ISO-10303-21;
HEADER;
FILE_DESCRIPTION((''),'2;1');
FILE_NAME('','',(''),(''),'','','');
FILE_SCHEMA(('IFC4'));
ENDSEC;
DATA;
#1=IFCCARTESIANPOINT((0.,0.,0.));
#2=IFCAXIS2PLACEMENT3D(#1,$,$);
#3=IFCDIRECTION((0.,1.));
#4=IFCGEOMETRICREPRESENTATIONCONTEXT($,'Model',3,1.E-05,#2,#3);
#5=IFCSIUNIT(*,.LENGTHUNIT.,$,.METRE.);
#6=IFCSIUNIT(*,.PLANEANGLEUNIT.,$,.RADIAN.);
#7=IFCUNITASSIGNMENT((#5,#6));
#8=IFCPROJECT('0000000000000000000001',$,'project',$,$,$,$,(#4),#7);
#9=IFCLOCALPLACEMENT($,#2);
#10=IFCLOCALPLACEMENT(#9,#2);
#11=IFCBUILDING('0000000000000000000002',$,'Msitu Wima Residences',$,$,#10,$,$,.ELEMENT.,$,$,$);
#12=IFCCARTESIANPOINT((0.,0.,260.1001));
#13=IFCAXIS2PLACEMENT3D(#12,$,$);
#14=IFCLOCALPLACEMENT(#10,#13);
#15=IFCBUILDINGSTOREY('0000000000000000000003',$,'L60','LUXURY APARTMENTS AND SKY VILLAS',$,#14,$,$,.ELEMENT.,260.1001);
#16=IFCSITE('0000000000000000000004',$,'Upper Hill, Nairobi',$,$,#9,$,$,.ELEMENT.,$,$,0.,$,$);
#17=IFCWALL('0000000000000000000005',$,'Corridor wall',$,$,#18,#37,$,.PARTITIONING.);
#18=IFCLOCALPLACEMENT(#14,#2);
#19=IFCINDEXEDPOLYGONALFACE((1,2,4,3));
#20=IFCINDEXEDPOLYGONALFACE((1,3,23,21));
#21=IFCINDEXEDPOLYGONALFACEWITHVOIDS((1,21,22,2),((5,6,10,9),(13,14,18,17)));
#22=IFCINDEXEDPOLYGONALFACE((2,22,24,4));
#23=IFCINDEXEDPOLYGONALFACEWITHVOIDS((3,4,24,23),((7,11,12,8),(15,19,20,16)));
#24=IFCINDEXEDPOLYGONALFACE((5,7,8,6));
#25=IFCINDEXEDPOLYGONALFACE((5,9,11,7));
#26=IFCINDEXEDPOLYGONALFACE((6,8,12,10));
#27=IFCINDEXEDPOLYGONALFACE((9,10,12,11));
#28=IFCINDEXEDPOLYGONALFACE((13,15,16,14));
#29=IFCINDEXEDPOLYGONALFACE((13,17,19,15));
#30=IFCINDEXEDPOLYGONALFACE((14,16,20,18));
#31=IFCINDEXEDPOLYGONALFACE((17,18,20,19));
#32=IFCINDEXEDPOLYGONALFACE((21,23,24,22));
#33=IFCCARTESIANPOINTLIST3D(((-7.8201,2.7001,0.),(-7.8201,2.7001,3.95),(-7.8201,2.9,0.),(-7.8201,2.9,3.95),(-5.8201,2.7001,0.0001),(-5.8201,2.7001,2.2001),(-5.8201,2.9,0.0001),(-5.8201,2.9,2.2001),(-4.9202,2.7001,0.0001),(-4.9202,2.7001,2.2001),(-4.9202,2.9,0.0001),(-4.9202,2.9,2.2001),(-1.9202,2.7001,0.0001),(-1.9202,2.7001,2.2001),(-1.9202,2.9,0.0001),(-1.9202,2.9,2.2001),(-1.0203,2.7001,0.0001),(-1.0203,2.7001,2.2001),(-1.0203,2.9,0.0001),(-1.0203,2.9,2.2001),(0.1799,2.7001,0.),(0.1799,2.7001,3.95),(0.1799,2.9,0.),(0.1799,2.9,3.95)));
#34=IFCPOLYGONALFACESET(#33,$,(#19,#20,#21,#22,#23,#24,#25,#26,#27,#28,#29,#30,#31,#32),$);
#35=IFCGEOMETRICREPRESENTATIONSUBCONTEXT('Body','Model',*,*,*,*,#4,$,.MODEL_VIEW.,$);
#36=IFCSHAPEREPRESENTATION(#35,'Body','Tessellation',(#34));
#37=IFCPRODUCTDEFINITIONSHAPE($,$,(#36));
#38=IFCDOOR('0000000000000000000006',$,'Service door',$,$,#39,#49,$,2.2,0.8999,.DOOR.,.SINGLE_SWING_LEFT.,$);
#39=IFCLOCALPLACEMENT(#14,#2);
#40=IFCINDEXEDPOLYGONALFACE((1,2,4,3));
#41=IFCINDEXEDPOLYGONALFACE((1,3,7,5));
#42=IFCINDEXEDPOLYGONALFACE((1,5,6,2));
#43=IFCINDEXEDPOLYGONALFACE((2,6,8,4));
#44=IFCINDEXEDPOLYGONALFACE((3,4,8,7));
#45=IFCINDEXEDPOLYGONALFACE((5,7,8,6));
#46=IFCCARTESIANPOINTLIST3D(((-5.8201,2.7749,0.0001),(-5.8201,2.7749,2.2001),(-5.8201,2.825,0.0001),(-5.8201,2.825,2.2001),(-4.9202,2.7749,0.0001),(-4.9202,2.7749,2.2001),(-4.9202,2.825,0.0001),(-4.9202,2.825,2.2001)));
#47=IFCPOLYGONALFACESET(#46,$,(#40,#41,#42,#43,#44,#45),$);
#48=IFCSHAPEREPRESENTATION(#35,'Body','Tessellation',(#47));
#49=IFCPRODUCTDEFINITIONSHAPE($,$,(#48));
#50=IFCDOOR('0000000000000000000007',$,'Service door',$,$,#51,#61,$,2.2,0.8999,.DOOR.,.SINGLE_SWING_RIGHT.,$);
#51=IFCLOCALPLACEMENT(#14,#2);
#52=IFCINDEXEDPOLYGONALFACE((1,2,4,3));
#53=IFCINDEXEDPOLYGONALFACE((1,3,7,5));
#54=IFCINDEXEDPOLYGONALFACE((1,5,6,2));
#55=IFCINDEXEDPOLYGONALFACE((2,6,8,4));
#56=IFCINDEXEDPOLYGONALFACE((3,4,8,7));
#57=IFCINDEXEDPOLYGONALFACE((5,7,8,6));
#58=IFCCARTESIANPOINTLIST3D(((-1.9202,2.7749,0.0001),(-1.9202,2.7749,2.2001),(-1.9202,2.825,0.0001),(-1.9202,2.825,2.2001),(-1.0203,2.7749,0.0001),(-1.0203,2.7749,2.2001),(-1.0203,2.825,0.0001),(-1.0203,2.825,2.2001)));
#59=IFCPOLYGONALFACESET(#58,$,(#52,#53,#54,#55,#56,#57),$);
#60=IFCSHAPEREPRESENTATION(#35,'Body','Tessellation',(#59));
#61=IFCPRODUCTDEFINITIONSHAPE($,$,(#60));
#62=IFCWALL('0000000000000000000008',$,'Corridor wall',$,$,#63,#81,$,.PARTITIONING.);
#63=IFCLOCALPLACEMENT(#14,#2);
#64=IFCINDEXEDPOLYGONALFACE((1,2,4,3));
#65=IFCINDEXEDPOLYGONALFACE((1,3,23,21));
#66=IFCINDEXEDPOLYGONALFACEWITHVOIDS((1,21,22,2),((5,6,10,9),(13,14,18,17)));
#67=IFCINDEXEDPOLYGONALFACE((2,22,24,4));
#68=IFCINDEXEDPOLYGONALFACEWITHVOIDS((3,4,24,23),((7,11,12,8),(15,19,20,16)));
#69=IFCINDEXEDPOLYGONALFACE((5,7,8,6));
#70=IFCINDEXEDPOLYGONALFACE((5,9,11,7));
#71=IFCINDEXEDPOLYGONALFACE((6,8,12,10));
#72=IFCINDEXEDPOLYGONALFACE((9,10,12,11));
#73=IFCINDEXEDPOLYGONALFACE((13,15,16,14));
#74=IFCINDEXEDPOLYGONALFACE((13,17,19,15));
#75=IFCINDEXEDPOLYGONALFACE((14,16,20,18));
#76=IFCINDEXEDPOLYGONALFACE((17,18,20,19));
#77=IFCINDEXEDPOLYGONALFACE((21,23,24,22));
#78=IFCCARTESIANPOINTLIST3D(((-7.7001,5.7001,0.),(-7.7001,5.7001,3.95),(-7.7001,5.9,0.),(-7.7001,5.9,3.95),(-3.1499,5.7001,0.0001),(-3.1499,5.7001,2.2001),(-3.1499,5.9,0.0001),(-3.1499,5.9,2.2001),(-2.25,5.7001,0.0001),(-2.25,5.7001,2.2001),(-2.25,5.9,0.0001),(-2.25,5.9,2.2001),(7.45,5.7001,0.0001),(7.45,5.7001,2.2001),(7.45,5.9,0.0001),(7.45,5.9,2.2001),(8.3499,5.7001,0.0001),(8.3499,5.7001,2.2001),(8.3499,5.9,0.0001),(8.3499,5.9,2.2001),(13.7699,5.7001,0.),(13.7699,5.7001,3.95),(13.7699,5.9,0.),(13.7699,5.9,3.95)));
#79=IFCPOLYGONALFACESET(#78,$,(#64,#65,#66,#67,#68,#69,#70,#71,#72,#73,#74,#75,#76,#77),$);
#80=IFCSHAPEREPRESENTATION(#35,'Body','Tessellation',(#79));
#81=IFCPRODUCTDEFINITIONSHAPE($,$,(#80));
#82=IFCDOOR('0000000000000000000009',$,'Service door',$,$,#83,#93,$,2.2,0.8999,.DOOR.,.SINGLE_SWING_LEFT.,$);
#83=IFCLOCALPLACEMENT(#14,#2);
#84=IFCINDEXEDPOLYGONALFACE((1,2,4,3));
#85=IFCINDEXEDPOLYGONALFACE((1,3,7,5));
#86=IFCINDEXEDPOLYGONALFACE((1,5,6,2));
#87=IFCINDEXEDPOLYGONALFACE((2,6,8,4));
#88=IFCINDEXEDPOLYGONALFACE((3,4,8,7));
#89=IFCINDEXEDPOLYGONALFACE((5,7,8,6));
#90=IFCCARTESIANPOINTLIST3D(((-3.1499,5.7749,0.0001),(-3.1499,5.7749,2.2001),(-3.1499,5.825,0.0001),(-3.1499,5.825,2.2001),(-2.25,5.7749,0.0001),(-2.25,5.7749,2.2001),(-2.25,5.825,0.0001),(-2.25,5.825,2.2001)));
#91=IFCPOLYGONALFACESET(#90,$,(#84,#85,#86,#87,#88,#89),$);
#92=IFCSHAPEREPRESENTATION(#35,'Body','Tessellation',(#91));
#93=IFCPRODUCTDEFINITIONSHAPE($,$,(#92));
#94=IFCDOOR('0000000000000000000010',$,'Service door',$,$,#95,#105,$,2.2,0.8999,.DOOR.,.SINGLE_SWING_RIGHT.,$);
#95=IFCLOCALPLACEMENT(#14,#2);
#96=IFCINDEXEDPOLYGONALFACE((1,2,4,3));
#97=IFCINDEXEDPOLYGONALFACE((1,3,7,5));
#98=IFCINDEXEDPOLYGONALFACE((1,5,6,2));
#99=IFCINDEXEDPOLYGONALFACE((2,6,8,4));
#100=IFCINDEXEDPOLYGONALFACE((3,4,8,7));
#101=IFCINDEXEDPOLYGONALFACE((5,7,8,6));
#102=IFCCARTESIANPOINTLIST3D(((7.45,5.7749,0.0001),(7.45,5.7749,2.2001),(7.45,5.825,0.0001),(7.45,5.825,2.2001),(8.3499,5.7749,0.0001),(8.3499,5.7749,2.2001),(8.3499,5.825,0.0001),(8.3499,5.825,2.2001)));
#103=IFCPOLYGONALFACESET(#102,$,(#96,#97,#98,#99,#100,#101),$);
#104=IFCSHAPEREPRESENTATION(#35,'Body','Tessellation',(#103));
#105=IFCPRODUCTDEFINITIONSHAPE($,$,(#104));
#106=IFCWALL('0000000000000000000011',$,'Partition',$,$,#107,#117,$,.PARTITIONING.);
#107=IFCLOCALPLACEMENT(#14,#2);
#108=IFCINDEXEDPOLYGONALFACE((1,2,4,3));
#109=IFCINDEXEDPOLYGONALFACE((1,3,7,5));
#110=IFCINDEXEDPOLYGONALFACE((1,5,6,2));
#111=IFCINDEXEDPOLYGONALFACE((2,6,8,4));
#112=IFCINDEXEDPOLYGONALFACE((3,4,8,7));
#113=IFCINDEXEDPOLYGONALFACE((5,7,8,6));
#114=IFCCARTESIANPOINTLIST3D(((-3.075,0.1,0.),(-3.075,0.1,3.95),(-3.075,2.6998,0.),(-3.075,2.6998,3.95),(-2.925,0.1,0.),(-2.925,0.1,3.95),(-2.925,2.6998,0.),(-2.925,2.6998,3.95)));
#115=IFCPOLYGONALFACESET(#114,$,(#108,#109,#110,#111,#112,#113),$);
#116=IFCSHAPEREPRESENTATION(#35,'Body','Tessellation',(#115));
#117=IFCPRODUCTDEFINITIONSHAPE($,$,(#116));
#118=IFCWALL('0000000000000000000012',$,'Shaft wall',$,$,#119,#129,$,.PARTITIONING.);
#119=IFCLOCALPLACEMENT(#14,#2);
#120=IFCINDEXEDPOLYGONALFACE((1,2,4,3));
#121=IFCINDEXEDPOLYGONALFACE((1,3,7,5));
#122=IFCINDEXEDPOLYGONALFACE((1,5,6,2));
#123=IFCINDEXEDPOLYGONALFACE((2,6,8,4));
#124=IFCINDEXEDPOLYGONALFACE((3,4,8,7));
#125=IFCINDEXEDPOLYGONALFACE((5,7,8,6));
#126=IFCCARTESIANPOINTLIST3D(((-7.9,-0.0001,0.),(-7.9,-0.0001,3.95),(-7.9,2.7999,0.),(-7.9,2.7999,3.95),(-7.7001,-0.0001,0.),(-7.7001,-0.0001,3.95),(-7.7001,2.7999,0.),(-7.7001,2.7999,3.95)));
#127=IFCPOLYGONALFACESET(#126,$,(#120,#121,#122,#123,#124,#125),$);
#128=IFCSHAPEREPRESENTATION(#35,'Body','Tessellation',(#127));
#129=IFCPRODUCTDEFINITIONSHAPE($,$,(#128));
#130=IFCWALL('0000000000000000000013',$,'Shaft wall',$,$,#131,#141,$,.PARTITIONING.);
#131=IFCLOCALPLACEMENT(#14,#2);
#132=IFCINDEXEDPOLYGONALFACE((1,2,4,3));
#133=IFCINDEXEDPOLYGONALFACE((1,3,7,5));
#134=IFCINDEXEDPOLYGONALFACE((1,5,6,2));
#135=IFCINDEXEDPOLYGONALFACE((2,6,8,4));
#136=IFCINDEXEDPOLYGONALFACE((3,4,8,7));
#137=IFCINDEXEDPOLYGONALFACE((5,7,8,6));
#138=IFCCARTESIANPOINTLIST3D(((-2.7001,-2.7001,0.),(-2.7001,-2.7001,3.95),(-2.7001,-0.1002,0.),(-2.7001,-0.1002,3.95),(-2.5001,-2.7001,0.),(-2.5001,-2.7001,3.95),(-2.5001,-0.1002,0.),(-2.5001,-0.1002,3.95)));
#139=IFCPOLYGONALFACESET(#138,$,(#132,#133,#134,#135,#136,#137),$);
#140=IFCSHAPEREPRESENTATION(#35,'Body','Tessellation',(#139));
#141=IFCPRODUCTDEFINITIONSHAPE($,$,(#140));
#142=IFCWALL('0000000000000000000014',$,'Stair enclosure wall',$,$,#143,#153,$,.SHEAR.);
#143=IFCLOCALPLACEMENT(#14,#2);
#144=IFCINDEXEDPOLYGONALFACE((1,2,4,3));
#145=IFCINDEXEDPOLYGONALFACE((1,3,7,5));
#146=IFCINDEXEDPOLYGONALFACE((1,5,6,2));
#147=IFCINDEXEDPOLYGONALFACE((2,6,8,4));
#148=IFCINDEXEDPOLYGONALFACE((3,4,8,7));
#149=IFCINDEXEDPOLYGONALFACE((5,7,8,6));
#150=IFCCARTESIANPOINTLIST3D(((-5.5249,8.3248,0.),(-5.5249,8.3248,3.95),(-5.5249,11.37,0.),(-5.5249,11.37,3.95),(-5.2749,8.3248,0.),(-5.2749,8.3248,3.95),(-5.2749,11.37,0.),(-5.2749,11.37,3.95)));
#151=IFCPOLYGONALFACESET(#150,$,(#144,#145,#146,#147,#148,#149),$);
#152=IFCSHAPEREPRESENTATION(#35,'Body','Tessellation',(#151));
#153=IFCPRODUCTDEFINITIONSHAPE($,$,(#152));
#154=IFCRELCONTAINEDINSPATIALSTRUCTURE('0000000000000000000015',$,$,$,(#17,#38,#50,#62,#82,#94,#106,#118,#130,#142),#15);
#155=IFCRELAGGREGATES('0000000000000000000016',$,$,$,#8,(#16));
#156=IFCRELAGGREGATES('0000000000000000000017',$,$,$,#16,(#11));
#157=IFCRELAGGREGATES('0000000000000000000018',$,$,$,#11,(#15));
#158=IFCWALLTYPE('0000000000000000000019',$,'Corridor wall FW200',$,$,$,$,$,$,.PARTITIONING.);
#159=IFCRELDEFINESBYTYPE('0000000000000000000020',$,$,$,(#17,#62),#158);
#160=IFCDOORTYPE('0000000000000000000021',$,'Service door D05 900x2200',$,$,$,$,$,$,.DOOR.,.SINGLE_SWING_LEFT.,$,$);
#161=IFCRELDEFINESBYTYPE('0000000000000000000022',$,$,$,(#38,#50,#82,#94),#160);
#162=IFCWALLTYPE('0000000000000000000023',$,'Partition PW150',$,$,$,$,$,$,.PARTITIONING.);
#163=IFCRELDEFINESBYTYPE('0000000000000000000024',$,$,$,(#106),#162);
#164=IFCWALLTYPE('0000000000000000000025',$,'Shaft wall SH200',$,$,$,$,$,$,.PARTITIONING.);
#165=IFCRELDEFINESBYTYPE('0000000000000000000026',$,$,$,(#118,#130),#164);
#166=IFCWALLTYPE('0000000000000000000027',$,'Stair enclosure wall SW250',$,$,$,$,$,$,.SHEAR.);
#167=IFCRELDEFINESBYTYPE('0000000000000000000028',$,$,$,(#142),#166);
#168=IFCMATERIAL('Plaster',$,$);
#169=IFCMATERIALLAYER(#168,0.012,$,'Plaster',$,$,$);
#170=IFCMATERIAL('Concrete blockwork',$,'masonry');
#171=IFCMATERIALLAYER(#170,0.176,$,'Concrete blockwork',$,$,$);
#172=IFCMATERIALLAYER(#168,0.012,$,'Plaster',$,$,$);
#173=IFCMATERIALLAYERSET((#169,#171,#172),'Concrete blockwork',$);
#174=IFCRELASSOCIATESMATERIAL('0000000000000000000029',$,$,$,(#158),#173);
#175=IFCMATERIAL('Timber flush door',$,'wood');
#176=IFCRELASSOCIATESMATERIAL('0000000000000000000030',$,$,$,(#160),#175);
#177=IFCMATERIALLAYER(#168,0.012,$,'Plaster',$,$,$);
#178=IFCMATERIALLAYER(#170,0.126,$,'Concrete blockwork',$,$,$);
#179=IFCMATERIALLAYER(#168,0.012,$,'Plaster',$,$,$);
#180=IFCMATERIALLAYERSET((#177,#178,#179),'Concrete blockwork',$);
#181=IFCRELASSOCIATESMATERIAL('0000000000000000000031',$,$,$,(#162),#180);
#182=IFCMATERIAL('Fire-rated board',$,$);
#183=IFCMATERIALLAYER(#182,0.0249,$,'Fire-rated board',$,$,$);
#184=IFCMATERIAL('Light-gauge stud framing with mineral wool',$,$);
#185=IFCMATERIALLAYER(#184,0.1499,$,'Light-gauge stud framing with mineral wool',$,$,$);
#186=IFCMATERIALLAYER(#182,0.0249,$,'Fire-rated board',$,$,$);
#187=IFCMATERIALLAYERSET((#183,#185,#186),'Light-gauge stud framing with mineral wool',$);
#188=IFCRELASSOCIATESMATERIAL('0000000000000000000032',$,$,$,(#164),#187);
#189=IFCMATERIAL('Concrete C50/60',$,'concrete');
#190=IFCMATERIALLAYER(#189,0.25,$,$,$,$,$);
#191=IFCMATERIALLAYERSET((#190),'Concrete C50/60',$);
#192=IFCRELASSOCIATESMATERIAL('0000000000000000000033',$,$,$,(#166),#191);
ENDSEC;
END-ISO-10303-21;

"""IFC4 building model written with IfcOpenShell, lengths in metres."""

from ifc_helpers import new_model, si_unit, direction, frame, frame_2d, origin, place, context, subcontext, project, spatial, rectangle, extrude, material, layer, layer_set, type_object, element, fill, save


model = new_model("IFC4")

# Units and contexts
model_context = context("Model", 3, precision=1e-05, world=origin(), true_north=direction((0.0, 1.0)))
body_context = subcontext(model_context, "Body", "Model", "MODEL_VIEW")
ifc_project = project(units=[si_unit("LENGTHUNIT", "METRE"), si_unit("PLANEANGLEUNIT", "RADIAN")], contexts=[model_context])

# Site, building, storey
site_placement = place(None, origin())
site = spatial("IfcSite", under=ifc_project, at=site_placement, Name="Upper Hill, Nairobi", CompositionType="ELEMENT", RefElevation=0.0)
building_placement = place(site_placement, origin())
building = spatial("IfcBuilding", under=site, at=building_placement, Name="Msitu Wima Residences", CompositionType="ELEMENT")
storey_placement = place(building_placement, frame((0.0, 0.0, 260.1001)))
storey = spatial("IfcBuildingStorey", under=building, at=storey_placement, Name="L60", Description="LUXURY APARTMENTS AND SKY VILLAS", CompositionType="ELEMENT", Elevation=260.1001)

# Wall, openings, doors
ifc_material_1 = material(Name="Plaster")
ifc_layer_1 = layer(ifc_material_1, 0.012, Name="Plaster")
ifc_material_2 = material(Name="Concrete blockwork", Category="masonry")
ifc_layer_2 = layer(ifc_material_2, 0.176, Name="Concrete blockwork")
ifc_layer_3 = layer(ifc_material_1, 0.012, Name="Plaster")
ifc_layer_set_1 = layer_set([ifc_layer_1, ifc_layer_2, ifc_layer_3], Name="Concrete blockwork")
wall_type_1 = type_object("IfcWallType", Name="Corridor wall FW200", PredefinedType="PARTITIONING", material=ifc_layer_set_1)
wall_1_placement = place(storey_placement, frame((-7.8201, 2.8, 0.0), z_axis=(0.0, 0.0, 1.0), x_axis=(1.0, 0.0, 0.0)))
wall_1 = element("IfcWall", 1, at=wall_1_placement, inside=storey, type_object=wall_type_1, Name="Corridor wall", PredefinedType="PARTITIONING", context=body_context, shape_type="SweptSolid", body=[
    extrude(rectangle(XDim=8.0, YDim=0.2, at=frame_2d((4.0, 0.0))), origin(), (0.0, 0.0, 1.0), 3.95),
])
opening_1_placement = place(wall_1_placement, frame((2.0, 0.0, 0.0)))
opening_1 = element("IfcOpeningElement", 2, at=opening_1_placement, cuts=wall_1, PredefinedType="OPENING", context=body_context, shape_type="SweptSolid", body=[
    extrude(rectangle(XDim=0.8999, YDim=2.2, at=frame_2d((0.45, 1.1001))), frame((0.0, 0.1099, 0.0), z_axis=(0.0, -1.0, 0.0), x_axis=(1.0, 0.0, 0.0)), (0.0, 0.0, 1.0), 0.22),
])
opening_2_placement = place(wall_1_placement, frame((5.8999, 0.0, 0.0)))
opening_2 = element("IfcOpeningElement", 3, at=opening_2_placement, cuts=wall_1, PredefinedType="OPENING", context=body_context, shape_type="SweptSolid", body=[
    extrude(rectangle(XDim=0.8999, YDim=2.2, at=frame_2d((0.45, 1.1001))), frame((0.0, 0.1099, 0.0), z_axis=(0.0, -1.0, 0.0), x_axis=(1.0, 0.0, 0.0)), (0.0, 0.0, 1.0), 0.22),
])
ifc_material_3 = material(Name="Timber flush door", Category="wood")
door_type_1 = type_object("IfcDoorType", Name="Service door D05 900x2200", OperationType="SINGLE_SWING_LEFT", PredefinedType="DOOR", material=ifc_material_3)
door_1_placement = place(opening_1_placement, origin())
door_1 = element("IfcDoor", 4, at=door_1_placement, inside=storey, type_object=door_type_1, Name="Service door", OperationType="SINGLE_SWING_LEFT", OverallHeight=2.2, OverallWidth=0.8999, PredefinedType="DOOR", context=body_context, shape_type="SweptSolid", body=[
    extrude(rectangle(XDim=0.8999, YDim=2.2, at=frame_2d((0.45, 1.1001))), frame((0.0, 0.0249, 0.0), z_axis=(0.0, -1.0, 0.0), x_axis=(1.0, 0.0, 0.0)), (0.0, 0.0, 1.0), 0.05),
])
fill(opening_1, door_1)
door_2_placement = place(opening_2_placement, origin())
door_2 = element("IfcDoor", 5, at=door_2_placement, inside=storey, type_object=door_type_1, Name="Service door", OperationType="SINGLE_SWING_RIGHT", OverallHeight=2.2, OverallWidth=0.8999, PredefinedType="DOOR", context=body_context, shape_type="SweptSolid", body=[
    extrude(rectangle(XDim=0.8999, YDim=2.2, at=frame_2d((0.45, 1.1001))), frame((0.0, 0.0249, 0.0), z_axis=(0.0, -1.0, 0.0), x_axis=(1.0, 0.0, 0.0)), (0.0, 0.0, 1.0), 0.05),
])
fill(opening_2, door_2)

# Wall, openings, doors
wall_2_placement = place(storey_placement, frame((-7.7, 5.8, 0.0), z_axis=(0.0, 0.0, 1.0), x_axis=(1.0, 0.0, 0.0)))
wall_2 = element("IfcWall", 6, at=wall_2_placement, inside=storey, type_object=wall_type_1, Name="Corridor wall", PredefinedType="PARTITIONING", context=body_context, shape_type="SweptSolid", body=[
    extrude(rectangle(XDim=21.47, YDim=0.2, at=frame_2d((10.7349, 0.0))), origin(), (0.0, 0.0, 1.0), 3.95),
])
opening_3_placement = place(wall_2_placement, frame((4.55, 0.0, 0.0)))
opening_3 = element("IfcOpeningElement", 7, at=opening_3_placement, cuts=wall_2, PredefinedType="OPENING", context=body_context, shape_type="SweptSolid", body=[
    extrude(rectangle(XDim=0.8999, YDim=2.2, at=frame_2d((0.45, 1.1001))), frame((0.0, 0.1099, 0.0), z_axis=(0.0, -1.0, 0.0), x_axis=(1.0, 0.0, 0.0)), (0.0, 0.0, 1.0), 0.22),
])
opening_4_placement = place(wall_2_placement, frame((15.1499, 0.0, 0.0)))
opening_4 = element("IfcOpeningElement", 8, at=opening_4_placement, cuts=wall_2, PredefinedType="OPENING", context=body_context, shape_type="SweptSolid", body=[
    extrude(rectangle(XDim=0.8999, YDim=2.2, at=frame_2d((0.45, 1.1001))), frame((0.0, 0.1099, 0.0), z_axis=(0.0, -1.0, 0.0), x_axis=(1.0, 0.0, 0.0)), (0.0, 0.0, 1.0), 0.22),
])
door_3_placement = place(opening_3_placement, origin())
door_3 = element("IfcDoor", 9, at=door_3_placement, inside=storey, type_object=door_type_1, Name="Service door", OperationType="SINGLE_SWING_LEFT", OverallHeight=2.2, OverallWidth=0.8999, PredefinedType="DOOR", context=body_context, shape_type="SweptSolid", body=[
    extrude(rectangle(XDim=0.8999, YDim=2.2, at=frame_2d((0.45, 1.1001))), frame((0.0, 0.0249, 0.0), z_axis=(0.0, -1.0, 0.0), x_axis=(1.0, 0.0, 0.0)), (0.0, 0.0, 1.0), 0.05),
])
fill(opening_3, door_3)
door_4_placement = place(opening_4_placement, origin())
door_4 = element("IfcDoor", 10, at=door_4_placement, inside=storey, type_object=door_type_1, Name="Service door", OperationType="SINGLE_SWING_RIGHT", OverallHeight=2.2, OverallWidth=0.8999, PredefinedType="DOOR", context=body_context, shape_type="SweptSolid", body=[
    extrude(rectangle(XDim=0.8999, YDim=2.2, at=frame_2d((0.45, 1.1001))), frame((0.0, 0.0249, 0.0), z_axis=(0.0, -1.0, 0.0), x_axis=(1.0, 0.0, 0.0)), (0.0, 0.0, 1.0), 0.05),
])
fill(opening_4, door_4)

# Walls
ifc_layer_4 = layer(ifc_material_1, 0.012, Name="Plaster")
ifc_layer_5 = layer(ifc_material_2, 0.126, Name="Concrete blockwork")
ifc_layer_6 = layer(ifc_material_1, 0.012, Name="Plaster")
ifc_layer_set_2 = layer_set([ifc_layer_4, ifc_layer_5, ifc_layer_6], Name="Concrete blockwork")
wall_type_2 = type_object("IfcWallType", Name="Partition PW150", PredefinedType="PARTITIONING", material=ifc_layer_set_2)
wall_3_placement = place(storey_placement, frame((-3.0, 0.1001, 0.0), z_axis=(0.0, 0.0, 1.0), x_axis=(0.0, 1.0, 0.0)))
element("IfcWall", 11, at=wall_3_placement, inside=storey, type_object=wall_type_2, Name="Partition", PredefinedType="PARTITIONING", context=body_context, shape_type="SweptSolid", body=[
    extrude(rectangle(XDim=2.5999, YDim=0.1499, at=frame_2d((1.2998, 0.0))), origin(), (0.0, 0.0, 1.0), 3.95),
])
ifc_material_4 = material(Name="Fire-rated board")
ifc_layer_7 = layer(ifc_material_4, 0.0249, Name="Fire-rated board")
ifc_material_5 = material(Name="Light-gauge stud framing with mineral wool")
ifc_layer_8 = layer(ifc_material_5, 0.1499, Name="Light-gauge stud framing with mineral wool")
ifc_layer_9 = layer(ifc_material_4, 0.0249, Name="Fire-rated board")
ifc_layer_set_3 = layer_set([ifc_layer_7, ifc_layer_8, ifc_layer_9], Name="Light-gauge stud framing with mineral wool")
wall_type_3 = type_object("IfcWallType", Name="Shaft wall SH200", PredefinedType="PARTITIONING", material=ifc_layer_set_3)
wall_4_placement = place(storey_placement, frame((-7.8, 0.0, 0.0), z_axis=(0.0, 0.0, 1.0), x_axis=(0.0, 1.0, 0.0)))
element("IfcWall", 12, at=wall_4_placement, inside=storey, type_object=wall_type_3, Name="Shaft wall", PredefinedType="PARTITIONING", context=body_context, shape_type="SweptSolid", body=[
    extrude(rectangle(XDim=2.8, YDim=0.2, at=frame_2d((1.3999, 0.0))), origin(), (0.0, 0.0, 1.0), 3.95),
])
wall_5_placement = place(storey_placement, frame((-2.6001, -2.7, 0.0), z_axis=(0.0, 0.0, 1.0), x_axis=(0.0, 1.0, 0.0)))
element("IfcWall", 13, at=wall_5_placement, inside=storey, type_object=wall_type_3, Name="Shaft wall", PredefinedType="PARTITIONING", context=body_context, shape_type="SweptSolid", body=[
    extrude(rectangle(XDim=2.5999, YDim=0.2, at=frame_2d((1.2998, 0.0))), origin(), (0.0, 0.0, 1.0), 3.95),
])
ifc_material_6 = material(Name="Concrete C50/60", Category="concrete")
ifc_layer_10 = layer(ifc_material_6, 0.25)
ifc_layer_set_4 = layer_set([ifc_layer_10], Name="Concrete C50/60")
wall_type_4 = type_object("IfcWallType", Name="Stair enclosure wall SW250", PredefinedType="SHEAR", material=ifc_layer_set_4)
wall_6_placement = place(storey_placement, frame((-5.3999, 8.325, 0.0), z_axis=(0.0, 0.0, 1.0), x_axis=(0.0, 1.0, 0.0)))
element("IfcWall", 14, at=wall_6_placement, inside=storey, type_object=wall_type_4, Name="Stair enclosure wall", PredefinedType="SHEAR", context=body_context, shape_type="SweptSolid", body=[
    extrude(rectangle(XDim=3.0452, YDim=0.25, at=frame_2d((1.5225, 0.0))), origin(), (0.0, 0.0, 1.0), 3.95),
])

save(model, "model.ifc")
